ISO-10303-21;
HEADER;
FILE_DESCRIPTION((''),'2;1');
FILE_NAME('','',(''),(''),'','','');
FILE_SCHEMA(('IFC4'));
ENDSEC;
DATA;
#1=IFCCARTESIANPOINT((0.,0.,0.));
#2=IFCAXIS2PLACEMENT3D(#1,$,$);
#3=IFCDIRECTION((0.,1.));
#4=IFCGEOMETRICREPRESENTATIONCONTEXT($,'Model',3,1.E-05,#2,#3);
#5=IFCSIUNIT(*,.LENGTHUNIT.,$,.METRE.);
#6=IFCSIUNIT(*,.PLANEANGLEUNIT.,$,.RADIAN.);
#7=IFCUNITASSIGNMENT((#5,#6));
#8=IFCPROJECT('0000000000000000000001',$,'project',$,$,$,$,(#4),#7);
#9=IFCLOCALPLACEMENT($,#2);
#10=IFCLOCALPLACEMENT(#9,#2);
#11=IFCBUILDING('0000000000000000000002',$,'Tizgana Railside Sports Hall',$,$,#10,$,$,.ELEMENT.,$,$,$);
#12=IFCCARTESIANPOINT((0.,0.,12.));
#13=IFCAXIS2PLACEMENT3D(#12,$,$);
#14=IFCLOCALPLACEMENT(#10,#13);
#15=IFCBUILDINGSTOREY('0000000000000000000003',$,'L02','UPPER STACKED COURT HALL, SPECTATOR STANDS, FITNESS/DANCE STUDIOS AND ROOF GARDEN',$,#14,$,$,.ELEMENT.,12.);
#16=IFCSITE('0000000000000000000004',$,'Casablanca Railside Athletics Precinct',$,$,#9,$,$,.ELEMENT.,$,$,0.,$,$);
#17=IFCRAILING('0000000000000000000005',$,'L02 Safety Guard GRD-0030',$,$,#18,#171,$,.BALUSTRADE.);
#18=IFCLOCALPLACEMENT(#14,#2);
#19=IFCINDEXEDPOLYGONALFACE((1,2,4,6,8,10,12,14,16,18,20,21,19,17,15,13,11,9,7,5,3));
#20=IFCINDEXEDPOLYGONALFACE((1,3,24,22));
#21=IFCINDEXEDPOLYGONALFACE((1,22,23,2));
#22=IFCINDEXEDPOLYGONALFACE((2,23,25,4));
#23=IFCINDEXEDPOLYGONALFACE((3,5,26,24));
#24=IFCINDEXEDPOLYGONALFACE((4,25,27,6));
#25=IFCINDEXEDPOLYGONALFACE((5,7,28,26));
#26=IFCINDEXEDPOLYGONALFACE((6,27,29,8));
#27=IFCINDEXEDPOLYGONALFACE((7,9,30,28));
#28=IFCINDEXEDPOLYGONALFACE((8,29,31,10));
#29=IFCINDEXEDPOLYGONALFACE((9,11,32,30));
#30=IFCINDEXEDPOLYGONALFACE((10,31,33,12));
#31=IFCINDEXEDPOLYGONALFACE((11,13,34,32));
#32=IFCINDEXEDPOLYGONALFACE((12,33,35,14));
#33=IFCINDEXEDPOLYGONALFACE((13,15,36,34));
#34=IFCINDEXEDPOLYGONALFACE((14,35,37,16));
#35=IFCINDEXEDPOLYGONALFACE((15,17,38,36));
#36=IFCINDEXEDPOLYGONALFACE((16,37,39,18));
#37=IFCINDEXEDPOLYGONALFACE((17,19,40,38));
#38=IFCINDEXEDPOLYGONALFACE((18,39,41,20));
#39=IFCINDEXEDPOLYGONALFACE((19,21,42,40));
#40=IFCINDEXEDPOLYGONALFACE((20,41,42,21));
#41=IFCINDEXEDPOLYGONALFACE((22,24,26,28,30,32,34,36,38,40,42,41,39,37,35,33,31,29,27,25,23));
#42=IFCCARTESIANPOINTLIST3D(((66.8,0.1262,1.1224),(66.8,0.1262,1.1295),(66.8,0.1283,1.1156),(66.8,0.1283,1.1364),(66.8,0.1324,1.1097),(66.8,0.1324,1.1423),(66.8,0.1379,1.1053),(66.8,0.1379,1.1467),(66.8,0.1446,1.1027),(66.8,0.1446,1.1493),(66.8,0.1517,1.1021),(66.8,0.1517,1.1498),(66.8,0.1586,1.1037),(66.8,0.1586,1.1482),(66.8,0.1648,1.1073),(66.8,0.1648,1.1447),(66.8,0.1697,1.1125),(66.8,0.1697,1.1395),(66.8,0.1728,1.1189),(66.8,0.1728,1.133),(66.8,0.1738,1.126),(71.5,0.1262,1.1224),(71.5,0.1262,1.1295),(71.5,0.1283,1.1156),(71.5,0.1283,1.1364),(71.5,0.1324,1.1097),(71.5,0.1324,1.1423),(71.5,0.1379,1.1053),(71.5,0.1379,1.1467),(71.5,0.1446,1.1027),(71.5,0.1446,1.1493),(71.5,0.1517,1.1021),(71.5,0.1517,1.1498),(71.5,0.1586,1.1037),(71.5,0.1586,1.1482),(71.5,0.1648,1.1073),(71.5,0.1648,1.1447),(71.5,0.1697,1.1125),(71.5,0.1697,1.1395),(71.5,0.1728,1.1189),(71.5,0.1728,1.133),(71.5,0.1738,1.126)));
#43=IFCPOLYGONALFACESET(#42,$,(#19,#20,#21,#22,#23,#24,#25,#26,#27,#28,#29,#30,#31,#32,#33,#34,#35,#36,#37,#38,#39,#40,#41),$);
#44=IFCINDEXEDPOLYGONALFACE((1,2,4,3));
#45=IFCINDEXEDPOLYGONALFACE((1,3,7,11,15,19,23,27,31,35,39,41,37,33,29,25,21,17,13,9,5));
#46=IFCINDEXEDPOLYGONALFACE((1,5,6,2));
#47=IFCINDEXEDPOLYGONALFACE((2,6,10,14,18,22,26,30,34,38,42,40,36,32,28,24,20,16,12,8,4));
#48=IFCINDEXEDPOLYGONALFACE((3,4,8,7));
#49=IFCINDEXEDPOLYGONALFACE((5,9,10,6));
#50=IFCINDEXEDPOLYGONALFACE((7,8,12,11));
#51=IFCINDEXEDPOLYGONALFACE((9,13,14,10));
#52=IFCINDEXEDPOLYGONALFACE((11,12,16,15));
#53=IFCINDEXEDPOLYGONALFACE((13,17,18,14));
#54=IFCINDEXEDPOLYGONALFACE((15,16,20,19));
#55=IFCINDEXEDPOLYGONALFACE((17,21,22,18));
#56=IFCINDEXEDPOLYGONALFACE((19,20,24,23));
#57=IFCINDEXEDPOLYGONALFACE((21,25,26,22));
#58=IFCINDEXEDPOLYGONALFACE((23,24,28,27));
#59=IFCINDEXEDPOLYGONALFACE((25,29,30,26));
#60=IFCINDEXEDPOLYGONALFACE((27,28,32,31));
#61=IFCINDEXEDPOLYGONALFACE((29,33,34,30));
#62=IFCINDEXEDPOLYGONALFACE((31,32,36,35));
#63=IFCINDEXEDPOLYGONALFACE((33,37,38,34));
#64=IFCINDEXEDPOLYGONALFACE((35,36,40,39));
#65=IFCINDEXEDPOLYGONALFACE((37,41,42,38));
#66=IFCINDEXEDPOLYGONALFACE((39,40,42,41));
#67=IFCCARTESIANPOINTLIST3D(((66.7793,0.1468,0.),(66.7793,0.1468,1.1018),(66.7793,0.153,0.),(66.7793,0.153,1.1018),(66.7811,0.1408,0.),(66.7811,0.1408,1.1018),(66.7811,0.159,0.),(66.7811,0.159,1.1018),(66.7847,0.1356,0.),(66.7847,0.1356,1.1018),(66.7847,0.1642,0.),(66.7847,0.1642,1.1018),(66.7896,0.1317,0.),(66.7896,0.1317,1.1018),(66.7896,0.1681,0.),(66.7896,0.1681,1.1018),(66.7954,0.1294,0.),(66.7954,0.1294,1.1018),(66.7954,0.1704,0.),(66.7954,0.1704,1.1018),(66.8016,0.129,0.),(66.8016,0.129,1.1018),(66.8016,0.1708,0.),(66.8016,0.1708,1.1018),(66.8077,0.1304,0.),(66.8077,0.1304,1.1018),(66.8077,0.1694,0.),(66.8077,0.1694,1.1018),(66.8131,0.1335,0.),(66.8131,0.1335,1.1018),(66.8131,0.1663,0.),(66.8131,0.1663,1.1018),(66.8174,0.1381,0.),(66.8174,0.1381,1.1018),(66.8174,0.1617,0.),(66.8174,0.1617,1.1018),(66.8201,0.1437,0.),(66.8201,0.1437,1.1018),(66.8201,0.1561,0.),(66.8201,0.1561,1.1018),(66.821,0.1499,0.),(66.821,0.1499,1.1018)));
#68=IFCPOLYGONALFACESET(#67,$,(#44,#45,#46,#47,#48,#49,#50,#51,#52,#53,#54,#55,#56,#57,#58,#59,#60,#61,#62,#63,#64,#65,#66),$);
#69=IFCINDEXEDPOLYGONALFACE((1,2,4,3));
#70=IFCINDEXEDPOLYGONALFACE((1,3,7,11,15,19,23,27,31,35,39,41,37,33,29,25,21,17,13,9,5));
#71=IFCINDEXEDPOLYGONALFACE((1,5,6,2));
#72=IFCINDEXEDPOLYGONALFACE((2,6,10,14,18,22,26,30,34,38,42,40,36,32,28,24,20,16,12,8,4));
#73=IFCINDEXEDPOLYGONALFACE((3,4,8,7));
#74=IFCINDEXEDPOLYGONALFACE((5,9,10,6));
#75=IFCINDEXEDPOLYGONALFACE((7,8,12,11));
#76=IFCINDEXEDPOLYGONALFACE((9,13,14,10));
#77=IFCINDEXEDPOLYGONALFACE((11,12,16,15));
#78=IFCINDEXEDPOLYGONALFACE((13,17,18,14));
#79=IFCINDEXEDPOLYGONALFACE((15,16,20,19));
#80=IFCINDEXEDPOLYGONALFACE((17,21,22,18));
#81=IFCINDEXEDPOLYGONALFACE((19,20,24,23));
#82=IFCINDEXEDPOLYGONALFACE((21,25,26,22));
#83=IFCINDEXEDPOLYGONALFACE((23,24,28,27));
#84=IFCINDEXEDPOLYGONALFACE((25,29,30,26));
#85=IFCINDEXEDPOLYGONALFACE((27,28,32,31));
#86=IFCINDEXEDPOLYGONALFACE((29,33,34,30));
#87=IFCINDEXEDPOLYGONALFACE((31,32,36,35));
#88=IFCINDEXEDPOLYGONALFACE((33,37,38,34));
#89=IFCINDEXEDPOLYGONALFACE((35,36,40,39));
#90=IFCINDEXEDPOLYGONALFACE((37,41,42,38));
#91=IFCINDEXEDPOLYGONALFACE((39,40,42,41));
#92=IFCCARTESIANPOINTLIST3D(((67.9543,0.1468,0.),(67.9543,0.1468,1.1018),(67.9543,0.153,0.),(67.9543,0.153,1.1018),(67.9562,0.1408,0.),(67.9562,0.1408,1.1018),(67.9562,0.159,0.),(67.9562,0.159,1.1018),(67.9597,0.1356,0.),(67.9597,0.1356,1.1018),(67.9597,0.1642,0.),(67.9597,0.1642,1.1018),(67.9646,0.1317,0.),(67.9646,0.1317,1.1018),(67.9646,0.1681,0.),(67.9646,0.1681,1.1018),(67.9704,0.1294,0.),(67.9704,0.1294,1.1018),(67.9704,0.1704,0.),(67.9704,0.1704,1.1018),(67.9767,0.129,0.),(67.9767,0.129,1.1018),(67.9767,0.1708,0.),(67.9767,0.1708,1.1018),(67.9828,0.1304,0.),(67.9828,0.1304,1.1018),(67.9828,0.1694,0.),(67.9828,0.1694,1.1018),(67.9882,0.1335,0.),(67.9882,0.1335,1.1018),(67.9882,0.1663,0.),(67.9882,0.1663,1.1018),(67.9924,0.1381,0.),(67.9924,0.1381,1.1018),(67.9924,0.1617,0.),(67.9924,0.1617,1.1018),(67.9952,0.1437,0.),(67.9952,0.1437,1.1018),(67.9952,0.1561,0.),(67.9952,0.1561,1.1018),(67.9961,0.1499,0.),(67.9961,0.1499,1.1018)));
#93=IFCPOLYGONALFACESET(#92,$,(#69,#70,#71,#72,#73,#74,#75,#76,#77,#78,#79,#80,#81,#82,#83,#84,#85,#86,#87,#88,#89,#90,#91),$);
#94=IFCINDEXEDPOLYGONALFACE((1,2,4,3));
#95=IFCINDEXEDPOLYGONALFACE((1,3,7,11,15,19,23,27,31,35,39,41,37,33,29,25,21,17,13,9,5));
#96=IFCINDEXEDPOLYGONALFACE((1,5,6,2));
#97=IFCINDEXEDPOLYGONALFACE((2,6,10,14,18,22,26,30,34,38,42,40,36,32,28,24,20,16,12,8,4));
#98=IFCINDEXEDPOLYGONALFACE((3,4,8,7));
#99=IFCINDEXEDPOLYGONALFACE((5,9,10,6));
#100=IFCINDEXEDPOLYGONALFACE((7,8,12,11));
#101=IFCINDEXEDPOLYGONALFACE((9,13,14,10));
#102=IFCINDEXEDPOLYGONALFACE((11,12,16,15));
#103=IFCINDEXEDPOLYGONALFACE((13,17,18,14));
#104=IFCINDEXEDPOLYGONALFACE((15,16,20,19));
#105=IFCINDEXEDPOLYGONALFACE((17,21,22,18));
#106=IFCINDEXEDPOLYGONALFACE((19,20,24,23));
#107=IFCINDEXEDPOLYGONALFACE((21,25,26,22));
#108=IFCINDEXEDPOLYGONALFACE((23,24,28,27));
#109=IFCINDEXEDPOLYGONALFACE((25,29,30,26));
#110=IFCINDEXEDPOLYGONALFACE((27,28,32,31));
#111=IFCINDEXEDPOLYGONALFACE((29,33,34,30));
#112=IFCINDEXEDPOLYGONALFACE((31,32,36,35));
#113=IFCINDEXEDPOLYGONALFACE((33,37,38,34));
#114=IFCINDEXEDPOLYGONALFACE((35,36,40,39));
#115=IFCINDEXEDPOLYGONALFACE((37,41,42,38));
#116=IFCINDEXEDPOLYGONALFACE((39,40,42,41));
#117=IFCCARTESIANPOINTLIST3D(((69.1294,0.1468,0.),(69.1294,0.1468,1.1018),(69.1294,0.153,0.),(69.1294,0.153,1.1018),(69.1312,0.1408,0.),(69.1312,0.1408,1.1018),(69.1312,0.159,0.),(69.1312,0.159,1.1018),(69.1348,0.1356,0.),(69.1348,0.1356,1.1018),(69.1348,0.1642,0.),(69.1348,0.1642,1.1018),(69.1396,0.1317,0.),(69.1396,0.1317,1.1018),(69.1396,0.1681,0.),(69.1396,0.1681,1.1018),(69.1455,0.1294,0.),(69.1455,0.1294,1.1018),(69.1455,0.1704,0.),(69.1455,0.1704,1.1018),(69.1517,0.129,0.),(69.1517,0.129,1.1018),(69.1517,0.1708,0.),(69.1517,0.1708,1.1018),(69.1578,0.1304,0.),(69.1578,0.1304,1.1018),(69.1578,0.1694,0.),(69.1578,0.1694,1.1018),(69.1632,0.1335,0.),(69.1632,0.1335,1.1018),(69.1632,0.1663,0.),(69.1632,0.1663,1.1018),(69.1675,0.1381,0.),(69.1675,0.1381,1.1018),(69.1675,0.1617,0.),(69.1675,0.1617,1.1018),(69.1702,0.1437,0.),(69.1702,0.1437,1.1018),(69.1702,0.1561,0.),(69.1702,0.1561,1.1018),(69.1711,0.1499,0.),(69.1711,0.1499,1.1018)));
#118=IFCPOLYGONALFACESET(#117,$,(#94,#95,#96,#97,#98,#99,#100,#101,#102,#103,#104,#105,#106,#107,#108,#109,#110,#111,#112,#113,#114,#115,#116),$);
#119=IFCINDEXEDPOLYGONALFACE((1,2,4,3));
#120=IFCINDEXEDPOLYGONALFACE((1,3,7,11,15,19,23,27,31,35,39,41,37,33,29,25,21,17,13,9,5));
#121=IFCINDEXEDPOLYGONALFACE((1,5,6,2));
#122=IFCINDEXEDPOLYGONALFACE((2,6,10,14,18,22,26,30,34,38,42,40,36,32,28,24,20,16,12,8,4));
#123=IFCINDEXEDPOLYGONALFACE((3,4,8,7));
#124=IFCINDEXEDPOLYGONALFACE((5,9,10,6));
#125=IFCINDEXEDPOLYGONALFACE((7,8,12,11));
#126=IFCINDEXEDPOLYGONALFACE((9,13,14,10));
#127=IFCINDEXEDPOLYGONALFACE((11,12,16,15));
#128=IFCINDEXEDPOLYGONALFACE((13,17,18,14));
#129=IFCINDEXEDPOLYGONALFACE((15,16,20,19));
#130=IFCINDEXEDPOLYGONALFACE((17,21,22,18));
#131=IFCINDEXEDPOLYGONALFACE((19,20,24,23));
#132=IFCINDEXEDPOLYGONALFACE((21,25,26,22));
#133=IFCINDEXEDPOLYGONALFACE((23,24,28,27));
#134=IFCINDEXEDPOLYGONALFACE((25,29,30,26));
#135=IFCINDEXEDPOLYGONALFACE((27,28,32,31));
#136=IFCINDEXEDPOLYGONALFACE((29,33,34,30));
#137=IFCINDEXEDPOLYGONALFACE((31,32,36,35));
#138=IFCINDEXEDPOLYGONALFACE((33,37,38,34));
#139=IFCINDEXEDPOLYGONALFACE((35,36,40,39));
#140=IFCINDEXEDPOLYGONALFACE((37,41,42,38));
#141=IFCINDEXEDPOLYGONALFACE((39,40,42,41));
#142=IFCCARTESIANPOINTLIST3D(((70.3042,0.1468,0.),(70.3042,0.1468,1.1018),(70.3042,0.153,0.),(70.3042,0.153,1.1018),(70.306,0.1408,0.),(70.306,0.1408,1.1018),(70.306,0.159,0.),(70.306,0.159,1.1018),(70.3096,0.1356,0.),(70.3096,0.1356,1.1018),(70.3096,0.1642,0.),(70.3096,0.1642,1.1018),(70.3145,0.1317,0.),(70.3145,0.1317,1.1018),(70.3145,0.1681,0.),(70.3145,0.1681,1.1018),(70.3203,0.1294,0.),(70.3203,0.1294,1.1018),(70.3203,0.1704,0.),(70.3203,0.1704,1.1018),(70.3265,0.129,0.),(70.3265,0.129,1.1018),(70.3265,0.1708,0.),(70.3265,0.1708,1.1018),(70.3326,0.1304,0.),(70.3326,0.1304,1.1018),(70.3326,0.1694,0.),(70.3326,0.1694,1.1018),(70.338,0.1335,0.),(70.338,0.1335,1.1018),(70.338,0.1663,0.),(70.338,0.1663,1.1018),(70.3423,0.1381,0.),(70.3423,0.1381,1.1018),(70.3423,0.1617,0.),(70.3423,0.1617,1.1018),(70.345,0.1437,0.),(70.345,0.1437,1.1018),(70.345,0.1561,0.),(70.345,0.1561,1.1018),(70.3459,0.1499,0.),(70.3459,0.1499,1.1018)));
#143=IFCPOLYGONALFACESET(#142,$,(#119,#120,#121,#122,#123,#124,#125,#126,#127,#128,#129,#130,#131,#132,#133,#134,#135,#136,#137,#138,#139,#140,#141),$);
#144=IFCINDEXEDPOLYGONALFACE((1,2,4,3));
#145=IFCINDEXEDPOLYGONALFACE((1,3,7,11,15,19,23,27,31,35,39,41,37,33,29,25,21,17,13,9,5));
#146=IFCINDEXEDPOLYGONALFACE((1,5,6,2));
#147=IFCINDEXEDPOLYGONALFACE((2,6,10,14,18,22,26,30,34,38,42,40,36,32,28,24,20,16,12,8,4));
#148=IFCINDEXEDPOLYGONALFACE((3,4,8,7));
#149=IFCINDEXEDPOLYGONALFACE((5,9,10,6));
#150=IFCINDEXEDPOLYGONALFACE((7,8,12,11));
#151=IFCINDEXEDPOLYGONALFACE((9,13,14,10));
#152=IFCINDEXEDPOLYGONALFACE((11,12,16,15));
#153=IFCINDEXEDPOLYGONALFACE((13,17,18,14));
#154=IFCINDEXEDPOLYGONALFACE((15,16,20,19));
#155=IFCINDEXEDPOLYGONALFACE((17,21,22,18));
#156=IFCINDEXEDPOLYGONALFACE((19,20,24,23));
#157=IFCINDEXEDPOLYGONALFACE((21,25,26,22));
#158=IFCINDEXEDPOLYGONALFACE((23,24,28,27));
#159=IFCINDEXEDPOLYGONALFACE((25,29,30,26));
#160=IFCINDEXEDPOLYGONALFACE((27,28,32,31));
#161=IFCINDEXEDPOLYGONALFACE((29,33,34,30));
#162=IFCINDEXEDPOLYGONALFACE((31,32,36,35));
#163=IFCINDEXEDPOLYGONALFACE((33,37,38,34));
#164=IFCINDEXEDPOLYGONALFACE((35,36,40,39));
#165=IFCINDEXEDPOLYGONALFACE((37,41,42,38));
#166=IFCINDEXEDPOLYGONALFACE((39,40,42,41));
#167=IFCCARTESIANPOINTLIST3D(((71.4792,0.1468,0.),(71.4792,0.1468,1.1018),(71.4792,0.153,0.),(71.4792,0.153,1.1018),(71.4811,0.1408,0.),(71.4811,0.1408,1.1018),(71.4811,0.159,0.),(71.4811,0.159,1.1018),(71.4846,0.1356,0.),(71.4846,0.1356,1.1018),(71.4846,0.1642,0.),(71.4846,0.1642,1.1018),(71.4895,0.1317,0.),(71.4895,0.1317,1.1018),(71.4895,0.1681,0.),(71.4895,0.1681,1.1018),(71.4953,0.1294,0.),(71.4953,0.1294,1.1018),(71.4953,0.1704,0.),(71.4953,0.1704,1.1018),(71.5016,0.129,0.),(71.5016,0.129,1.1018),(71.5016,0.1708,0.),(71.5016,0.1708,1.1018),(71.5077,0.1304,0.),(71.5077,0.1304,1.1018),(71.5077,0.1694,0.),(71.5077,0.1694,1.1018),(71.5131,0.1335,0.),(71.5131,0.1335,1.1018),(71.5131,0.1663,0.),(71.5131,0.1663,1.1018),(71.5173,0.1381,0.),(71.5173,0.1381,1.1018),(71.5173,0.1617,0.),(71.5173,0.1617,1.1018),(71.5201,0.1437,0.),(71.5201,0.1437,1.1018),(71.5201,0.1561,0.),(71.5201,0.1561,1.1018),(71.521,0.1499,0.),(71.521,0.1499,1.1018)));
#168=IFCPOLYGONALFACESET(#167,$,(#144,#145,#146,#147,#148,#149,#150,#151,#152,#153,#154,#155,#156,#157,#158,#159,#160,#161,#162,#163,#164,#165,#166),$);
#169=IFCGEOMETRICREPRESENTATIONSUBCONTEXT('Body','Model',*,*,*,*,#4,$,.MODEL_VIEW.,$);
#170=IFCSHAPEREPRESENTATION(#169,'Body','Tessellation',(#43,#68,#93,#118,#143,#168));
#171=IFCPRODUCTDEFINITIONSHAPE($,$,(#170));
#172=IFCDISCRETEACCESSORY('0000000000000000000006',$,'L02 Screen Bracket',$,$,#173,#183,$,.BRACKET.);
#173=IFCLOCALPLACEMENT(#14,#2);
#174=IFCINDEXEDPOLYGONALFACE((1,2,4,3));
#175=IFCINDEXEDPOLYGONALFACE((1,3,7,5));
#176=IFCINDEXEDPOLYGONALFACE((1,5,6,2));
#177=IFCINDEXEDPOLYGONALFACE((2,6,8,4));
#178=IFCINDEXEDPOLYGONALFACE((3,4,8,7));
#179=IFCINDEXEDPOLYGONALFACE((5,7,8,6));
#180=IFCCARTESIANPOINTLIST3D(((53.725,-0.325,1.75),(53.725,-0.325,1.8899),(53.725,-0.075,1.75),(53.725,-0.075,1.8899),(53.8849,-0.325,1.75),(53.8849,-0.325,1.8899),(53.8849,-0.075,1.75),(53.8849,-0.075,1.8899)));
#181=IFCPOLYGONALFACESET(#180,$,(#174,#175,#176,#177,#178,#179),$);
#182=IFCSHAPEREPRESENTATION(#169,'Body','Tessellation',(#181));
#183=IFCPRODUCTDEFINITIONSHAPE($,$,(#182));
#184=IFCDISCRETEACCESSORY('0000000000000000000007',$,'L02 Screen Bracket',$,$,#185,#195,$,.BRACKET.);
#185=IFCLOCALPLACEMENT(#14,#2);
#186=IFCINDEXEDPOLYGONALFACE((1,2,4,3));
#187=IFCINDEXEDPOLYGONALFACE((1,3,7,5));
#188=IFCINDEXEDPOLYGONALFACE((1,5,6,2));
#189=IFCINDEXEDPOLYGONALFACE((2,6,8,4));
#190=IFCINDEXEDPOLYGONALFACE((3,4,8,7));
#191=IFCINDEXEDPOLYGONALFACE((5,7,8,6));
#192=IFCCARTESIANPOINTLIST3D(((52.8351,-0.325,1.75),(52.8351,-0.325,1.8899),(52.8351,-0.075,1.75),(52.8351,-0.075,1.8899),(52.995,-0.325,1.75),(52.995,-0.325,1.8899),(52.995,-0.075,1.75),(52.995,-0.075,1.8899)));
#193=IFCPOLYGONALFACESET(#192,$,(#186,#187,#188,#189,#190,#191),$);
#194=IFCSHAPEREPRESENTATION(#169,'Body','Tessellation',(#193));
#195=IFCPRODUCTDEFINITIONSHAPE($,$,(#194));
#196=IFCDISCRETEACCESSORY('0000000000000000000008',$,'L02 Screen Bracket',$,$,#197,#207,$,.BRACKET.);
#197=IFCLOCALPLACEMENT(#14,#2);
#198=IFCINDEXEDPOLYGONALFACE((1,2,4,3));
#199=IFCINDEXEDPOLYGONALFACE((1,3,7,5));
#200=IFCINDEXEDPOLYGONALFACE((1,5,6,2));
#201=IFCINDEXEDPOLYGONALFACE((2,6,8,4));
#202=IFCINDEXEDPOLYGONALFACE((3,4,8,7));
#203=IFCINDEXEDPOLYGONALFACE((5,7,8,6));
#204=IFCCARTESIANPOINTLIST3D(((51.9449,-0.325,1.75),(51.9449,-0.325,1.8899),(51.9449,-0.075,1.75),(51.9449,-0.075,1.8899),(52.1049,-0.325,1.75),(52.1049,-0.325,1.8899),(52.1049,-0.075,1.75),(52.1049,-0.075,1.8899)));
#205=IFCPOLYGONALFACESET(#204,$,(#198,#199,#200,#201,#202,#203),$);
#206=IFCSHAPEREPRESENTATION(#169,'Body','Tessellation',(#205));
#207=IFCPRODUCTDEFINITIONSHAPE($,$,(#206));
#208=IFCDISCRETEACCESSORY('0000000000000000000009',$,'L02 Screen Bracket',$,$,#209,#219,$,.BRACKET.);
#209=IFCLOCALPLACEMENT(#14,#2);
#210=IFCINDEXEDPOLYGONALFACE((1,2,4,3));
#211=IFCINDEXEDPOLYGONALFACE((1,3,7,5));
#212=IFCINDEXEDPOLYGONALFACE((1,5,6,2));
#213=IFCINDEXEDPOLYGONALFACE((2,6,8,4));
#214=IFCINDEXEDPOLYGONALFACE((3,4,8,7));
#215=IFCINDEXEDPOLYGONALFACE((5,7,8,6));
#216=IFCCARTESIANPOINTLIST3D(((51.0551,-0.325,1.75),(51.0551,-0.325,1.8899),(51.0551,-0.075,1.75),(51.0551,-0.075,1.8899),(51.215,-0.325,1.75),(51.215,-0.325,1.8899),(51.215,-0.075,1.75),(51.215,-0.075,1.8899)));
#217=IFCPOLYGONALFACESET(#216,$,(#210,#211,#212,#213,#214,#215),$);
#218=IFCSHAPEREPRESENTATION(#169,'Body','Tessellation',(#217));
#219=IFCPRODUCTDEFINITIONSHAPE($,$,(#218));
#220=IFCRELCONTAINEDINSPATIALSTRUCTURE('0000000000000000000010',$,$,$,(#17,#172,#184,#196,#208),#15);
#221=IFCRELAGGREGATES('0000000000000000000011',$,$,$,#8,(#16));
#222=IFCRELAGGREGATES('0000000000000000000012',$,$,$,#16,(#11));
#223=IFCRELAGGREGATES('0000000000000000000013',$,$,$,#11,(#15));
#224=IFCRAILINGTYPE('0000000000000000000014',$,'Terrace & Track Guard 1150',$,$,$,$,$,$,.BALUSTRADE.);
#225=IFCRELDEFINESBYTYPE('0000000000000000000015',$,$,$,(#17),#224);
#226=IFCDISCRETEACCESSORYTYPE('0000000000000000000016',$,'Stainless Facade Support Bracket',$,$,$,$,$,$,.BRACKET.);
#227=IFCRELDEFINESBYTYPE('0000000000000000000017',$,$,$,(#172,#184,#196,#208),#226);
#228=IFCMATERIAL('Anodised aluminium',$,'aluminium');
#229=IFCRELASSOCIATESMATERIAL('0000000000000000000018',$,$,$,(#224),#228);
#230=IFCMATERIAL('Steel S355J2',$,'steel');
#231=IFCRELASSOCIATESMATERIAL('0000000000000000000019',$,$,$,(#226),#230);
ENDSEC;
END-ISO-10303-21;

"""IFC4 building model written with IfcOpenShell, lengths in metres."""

from ifc_helpers import new_model, si_unit, direction, frame, origin, origin_2d, place, context, subcontext, project, spatial, rectangle, circle, extrude, material, type_object, element, save


model = new_model("IFC4")

# Units and contexts
model_context = context("Model", 3, precision=1e-05, world=origin(), true_north=direction((0.0, 1.0)))
body_context = subcontext(model_context, "Body", "Model", "MODEL_VIEW")
ifc_project = project(units=[si_unit("LENGTHUNIT", "METRE"), si_unit("PLANEANGLEUNIT", "RADIAN")], contexts=[model_context])

# Site, building, storey
site_placement = place(None, origin())
site = spatial("IfcSite", under=ifc_project, at=site_placement, Name="Casablanca Railside Athletics Precinct", CompositionType="ELEMENT", RefElevation=0.0)
building_placement = place(site_placement, origin())
building = spatial("IfcBuilding", under=site, at=building_placement, Name="Tizgana Railside Sports Hall", CompositionType="ELEMENT")
storey_placement = place(building_placement, frame((0.0, 0.0, 12.0)))
storey = spatial("IfcBuildingStorey", under=building, at=storey_placement, Name="L02", Description="UPPER STACKED COURT HALL, SPECTATOR STANDS, FITNESS/DANCE STUDIOS AND ROOF GARDEN", CompositionType="ELEMENT", Elevation=12.0)

# Shared definitions
ifc_material_1 = material(Name="Steel S355J2", Category="steel")

# Railing
ifc_material_2 = material(Name="Anodised aluminium", Category="aluminium")
railing_type = type_object("IfcRailingType", Name="Terrace & Track Guard 1150", PredefinedType="BALUSTRADE", material=ifc_material_2)
railing_placement = place(storey_placement, frame((66.8, 0.1499, 0.0)))
element("IfcRailing", 1, at=railing_placement, inside=storey, type_object=railing_type, Name="L02 Safety Guard GRD-0030", PredefinedType="BALUSTRADE", context=body_context, shape_type="SweptSolid", body=[
    extrude(circle(Radius=0.0239, at=origin_2d()), frame((0.0, 0.0, 1.126), z_axis=(1.0, 0.0, 0.0), x_axis=(0.0, 1.0, 0.0)), (0.0, 0.0, 1.0), 4.7),
    extrude(circle(Radius=0.021, at=origin_2d()), origin(), (0.0, 0.0, 1.0), 1.1018),
    extrude(circle(Radius=0.021, at=origin_2d()), frame((1.175, 0.0, 0.0)), (0.0, 0.0, 1.0), 1.1018),
    extrude(circle(Radius=0.021, at=origin_2d()), frame((2.3501, 0.0, 0.0)), (0.0, 0.0, 1.0), 1.1018),
    extrude(circle(Radius=0.021, at=origin_2d()), frame((3.5249, 0.0, 0.0)), (0.0, 0.0, 1.0), 1.1018),
    extrude(circle(Radius=0.021, at=origin_2d()), frame((4.7, 0.0, 0.0)), (0.0, 0.0, 1.0), 1.1018),
])

# Discrete accessories
discrete_accessory_type = type_object("IfcDiscreteAccessoryType", Name="Stainless Facade Support Bracket", PredefinedType="BRACKET", material=ifc_material_1)
for number, where, z_axis, x_axis, name in (
    (2, (53.8049, -0.2, 1.75), (0.0, 0.0, 1.0), (-1.0, 0.0, 0.0), "L02 Screen Bracket"),
    (3, (52.915, -0.2, 1.75), (0.0, 0.0, 1.0), (-1.0, 0.0, 0.0), "L02 Screen Bracket"),
    (4, (52.0249, -0.2, 1.75), (0.0, 0.0, 1.0), (-1.0, 0.0, 0.0), "L02 Screen Bracket"),
    (5, (51.135, -0.2, 1.75), (0.0, 0.0, 1.0), (-1.0, 0.0, 0.0), "L02 Screen Bracket"),
):
    element("IfcDiscreteAccessory", number, at=place(storey_placement, frame(where, z_axis=z_axis, x_axis=x_axis)), inside=storey, type_object=discrete_accessory_type, Name=name, PredefinedType="BRACKET", context=body_context, shape_type="SweptSolid", body=[
        extrude(rectangle(XDim=0.1599, YDim=0.25, at=origin_2d()), origin(), (0.0, 0.0, 1.0), 0.1399),
    ])

save(model, "model.ifc")
